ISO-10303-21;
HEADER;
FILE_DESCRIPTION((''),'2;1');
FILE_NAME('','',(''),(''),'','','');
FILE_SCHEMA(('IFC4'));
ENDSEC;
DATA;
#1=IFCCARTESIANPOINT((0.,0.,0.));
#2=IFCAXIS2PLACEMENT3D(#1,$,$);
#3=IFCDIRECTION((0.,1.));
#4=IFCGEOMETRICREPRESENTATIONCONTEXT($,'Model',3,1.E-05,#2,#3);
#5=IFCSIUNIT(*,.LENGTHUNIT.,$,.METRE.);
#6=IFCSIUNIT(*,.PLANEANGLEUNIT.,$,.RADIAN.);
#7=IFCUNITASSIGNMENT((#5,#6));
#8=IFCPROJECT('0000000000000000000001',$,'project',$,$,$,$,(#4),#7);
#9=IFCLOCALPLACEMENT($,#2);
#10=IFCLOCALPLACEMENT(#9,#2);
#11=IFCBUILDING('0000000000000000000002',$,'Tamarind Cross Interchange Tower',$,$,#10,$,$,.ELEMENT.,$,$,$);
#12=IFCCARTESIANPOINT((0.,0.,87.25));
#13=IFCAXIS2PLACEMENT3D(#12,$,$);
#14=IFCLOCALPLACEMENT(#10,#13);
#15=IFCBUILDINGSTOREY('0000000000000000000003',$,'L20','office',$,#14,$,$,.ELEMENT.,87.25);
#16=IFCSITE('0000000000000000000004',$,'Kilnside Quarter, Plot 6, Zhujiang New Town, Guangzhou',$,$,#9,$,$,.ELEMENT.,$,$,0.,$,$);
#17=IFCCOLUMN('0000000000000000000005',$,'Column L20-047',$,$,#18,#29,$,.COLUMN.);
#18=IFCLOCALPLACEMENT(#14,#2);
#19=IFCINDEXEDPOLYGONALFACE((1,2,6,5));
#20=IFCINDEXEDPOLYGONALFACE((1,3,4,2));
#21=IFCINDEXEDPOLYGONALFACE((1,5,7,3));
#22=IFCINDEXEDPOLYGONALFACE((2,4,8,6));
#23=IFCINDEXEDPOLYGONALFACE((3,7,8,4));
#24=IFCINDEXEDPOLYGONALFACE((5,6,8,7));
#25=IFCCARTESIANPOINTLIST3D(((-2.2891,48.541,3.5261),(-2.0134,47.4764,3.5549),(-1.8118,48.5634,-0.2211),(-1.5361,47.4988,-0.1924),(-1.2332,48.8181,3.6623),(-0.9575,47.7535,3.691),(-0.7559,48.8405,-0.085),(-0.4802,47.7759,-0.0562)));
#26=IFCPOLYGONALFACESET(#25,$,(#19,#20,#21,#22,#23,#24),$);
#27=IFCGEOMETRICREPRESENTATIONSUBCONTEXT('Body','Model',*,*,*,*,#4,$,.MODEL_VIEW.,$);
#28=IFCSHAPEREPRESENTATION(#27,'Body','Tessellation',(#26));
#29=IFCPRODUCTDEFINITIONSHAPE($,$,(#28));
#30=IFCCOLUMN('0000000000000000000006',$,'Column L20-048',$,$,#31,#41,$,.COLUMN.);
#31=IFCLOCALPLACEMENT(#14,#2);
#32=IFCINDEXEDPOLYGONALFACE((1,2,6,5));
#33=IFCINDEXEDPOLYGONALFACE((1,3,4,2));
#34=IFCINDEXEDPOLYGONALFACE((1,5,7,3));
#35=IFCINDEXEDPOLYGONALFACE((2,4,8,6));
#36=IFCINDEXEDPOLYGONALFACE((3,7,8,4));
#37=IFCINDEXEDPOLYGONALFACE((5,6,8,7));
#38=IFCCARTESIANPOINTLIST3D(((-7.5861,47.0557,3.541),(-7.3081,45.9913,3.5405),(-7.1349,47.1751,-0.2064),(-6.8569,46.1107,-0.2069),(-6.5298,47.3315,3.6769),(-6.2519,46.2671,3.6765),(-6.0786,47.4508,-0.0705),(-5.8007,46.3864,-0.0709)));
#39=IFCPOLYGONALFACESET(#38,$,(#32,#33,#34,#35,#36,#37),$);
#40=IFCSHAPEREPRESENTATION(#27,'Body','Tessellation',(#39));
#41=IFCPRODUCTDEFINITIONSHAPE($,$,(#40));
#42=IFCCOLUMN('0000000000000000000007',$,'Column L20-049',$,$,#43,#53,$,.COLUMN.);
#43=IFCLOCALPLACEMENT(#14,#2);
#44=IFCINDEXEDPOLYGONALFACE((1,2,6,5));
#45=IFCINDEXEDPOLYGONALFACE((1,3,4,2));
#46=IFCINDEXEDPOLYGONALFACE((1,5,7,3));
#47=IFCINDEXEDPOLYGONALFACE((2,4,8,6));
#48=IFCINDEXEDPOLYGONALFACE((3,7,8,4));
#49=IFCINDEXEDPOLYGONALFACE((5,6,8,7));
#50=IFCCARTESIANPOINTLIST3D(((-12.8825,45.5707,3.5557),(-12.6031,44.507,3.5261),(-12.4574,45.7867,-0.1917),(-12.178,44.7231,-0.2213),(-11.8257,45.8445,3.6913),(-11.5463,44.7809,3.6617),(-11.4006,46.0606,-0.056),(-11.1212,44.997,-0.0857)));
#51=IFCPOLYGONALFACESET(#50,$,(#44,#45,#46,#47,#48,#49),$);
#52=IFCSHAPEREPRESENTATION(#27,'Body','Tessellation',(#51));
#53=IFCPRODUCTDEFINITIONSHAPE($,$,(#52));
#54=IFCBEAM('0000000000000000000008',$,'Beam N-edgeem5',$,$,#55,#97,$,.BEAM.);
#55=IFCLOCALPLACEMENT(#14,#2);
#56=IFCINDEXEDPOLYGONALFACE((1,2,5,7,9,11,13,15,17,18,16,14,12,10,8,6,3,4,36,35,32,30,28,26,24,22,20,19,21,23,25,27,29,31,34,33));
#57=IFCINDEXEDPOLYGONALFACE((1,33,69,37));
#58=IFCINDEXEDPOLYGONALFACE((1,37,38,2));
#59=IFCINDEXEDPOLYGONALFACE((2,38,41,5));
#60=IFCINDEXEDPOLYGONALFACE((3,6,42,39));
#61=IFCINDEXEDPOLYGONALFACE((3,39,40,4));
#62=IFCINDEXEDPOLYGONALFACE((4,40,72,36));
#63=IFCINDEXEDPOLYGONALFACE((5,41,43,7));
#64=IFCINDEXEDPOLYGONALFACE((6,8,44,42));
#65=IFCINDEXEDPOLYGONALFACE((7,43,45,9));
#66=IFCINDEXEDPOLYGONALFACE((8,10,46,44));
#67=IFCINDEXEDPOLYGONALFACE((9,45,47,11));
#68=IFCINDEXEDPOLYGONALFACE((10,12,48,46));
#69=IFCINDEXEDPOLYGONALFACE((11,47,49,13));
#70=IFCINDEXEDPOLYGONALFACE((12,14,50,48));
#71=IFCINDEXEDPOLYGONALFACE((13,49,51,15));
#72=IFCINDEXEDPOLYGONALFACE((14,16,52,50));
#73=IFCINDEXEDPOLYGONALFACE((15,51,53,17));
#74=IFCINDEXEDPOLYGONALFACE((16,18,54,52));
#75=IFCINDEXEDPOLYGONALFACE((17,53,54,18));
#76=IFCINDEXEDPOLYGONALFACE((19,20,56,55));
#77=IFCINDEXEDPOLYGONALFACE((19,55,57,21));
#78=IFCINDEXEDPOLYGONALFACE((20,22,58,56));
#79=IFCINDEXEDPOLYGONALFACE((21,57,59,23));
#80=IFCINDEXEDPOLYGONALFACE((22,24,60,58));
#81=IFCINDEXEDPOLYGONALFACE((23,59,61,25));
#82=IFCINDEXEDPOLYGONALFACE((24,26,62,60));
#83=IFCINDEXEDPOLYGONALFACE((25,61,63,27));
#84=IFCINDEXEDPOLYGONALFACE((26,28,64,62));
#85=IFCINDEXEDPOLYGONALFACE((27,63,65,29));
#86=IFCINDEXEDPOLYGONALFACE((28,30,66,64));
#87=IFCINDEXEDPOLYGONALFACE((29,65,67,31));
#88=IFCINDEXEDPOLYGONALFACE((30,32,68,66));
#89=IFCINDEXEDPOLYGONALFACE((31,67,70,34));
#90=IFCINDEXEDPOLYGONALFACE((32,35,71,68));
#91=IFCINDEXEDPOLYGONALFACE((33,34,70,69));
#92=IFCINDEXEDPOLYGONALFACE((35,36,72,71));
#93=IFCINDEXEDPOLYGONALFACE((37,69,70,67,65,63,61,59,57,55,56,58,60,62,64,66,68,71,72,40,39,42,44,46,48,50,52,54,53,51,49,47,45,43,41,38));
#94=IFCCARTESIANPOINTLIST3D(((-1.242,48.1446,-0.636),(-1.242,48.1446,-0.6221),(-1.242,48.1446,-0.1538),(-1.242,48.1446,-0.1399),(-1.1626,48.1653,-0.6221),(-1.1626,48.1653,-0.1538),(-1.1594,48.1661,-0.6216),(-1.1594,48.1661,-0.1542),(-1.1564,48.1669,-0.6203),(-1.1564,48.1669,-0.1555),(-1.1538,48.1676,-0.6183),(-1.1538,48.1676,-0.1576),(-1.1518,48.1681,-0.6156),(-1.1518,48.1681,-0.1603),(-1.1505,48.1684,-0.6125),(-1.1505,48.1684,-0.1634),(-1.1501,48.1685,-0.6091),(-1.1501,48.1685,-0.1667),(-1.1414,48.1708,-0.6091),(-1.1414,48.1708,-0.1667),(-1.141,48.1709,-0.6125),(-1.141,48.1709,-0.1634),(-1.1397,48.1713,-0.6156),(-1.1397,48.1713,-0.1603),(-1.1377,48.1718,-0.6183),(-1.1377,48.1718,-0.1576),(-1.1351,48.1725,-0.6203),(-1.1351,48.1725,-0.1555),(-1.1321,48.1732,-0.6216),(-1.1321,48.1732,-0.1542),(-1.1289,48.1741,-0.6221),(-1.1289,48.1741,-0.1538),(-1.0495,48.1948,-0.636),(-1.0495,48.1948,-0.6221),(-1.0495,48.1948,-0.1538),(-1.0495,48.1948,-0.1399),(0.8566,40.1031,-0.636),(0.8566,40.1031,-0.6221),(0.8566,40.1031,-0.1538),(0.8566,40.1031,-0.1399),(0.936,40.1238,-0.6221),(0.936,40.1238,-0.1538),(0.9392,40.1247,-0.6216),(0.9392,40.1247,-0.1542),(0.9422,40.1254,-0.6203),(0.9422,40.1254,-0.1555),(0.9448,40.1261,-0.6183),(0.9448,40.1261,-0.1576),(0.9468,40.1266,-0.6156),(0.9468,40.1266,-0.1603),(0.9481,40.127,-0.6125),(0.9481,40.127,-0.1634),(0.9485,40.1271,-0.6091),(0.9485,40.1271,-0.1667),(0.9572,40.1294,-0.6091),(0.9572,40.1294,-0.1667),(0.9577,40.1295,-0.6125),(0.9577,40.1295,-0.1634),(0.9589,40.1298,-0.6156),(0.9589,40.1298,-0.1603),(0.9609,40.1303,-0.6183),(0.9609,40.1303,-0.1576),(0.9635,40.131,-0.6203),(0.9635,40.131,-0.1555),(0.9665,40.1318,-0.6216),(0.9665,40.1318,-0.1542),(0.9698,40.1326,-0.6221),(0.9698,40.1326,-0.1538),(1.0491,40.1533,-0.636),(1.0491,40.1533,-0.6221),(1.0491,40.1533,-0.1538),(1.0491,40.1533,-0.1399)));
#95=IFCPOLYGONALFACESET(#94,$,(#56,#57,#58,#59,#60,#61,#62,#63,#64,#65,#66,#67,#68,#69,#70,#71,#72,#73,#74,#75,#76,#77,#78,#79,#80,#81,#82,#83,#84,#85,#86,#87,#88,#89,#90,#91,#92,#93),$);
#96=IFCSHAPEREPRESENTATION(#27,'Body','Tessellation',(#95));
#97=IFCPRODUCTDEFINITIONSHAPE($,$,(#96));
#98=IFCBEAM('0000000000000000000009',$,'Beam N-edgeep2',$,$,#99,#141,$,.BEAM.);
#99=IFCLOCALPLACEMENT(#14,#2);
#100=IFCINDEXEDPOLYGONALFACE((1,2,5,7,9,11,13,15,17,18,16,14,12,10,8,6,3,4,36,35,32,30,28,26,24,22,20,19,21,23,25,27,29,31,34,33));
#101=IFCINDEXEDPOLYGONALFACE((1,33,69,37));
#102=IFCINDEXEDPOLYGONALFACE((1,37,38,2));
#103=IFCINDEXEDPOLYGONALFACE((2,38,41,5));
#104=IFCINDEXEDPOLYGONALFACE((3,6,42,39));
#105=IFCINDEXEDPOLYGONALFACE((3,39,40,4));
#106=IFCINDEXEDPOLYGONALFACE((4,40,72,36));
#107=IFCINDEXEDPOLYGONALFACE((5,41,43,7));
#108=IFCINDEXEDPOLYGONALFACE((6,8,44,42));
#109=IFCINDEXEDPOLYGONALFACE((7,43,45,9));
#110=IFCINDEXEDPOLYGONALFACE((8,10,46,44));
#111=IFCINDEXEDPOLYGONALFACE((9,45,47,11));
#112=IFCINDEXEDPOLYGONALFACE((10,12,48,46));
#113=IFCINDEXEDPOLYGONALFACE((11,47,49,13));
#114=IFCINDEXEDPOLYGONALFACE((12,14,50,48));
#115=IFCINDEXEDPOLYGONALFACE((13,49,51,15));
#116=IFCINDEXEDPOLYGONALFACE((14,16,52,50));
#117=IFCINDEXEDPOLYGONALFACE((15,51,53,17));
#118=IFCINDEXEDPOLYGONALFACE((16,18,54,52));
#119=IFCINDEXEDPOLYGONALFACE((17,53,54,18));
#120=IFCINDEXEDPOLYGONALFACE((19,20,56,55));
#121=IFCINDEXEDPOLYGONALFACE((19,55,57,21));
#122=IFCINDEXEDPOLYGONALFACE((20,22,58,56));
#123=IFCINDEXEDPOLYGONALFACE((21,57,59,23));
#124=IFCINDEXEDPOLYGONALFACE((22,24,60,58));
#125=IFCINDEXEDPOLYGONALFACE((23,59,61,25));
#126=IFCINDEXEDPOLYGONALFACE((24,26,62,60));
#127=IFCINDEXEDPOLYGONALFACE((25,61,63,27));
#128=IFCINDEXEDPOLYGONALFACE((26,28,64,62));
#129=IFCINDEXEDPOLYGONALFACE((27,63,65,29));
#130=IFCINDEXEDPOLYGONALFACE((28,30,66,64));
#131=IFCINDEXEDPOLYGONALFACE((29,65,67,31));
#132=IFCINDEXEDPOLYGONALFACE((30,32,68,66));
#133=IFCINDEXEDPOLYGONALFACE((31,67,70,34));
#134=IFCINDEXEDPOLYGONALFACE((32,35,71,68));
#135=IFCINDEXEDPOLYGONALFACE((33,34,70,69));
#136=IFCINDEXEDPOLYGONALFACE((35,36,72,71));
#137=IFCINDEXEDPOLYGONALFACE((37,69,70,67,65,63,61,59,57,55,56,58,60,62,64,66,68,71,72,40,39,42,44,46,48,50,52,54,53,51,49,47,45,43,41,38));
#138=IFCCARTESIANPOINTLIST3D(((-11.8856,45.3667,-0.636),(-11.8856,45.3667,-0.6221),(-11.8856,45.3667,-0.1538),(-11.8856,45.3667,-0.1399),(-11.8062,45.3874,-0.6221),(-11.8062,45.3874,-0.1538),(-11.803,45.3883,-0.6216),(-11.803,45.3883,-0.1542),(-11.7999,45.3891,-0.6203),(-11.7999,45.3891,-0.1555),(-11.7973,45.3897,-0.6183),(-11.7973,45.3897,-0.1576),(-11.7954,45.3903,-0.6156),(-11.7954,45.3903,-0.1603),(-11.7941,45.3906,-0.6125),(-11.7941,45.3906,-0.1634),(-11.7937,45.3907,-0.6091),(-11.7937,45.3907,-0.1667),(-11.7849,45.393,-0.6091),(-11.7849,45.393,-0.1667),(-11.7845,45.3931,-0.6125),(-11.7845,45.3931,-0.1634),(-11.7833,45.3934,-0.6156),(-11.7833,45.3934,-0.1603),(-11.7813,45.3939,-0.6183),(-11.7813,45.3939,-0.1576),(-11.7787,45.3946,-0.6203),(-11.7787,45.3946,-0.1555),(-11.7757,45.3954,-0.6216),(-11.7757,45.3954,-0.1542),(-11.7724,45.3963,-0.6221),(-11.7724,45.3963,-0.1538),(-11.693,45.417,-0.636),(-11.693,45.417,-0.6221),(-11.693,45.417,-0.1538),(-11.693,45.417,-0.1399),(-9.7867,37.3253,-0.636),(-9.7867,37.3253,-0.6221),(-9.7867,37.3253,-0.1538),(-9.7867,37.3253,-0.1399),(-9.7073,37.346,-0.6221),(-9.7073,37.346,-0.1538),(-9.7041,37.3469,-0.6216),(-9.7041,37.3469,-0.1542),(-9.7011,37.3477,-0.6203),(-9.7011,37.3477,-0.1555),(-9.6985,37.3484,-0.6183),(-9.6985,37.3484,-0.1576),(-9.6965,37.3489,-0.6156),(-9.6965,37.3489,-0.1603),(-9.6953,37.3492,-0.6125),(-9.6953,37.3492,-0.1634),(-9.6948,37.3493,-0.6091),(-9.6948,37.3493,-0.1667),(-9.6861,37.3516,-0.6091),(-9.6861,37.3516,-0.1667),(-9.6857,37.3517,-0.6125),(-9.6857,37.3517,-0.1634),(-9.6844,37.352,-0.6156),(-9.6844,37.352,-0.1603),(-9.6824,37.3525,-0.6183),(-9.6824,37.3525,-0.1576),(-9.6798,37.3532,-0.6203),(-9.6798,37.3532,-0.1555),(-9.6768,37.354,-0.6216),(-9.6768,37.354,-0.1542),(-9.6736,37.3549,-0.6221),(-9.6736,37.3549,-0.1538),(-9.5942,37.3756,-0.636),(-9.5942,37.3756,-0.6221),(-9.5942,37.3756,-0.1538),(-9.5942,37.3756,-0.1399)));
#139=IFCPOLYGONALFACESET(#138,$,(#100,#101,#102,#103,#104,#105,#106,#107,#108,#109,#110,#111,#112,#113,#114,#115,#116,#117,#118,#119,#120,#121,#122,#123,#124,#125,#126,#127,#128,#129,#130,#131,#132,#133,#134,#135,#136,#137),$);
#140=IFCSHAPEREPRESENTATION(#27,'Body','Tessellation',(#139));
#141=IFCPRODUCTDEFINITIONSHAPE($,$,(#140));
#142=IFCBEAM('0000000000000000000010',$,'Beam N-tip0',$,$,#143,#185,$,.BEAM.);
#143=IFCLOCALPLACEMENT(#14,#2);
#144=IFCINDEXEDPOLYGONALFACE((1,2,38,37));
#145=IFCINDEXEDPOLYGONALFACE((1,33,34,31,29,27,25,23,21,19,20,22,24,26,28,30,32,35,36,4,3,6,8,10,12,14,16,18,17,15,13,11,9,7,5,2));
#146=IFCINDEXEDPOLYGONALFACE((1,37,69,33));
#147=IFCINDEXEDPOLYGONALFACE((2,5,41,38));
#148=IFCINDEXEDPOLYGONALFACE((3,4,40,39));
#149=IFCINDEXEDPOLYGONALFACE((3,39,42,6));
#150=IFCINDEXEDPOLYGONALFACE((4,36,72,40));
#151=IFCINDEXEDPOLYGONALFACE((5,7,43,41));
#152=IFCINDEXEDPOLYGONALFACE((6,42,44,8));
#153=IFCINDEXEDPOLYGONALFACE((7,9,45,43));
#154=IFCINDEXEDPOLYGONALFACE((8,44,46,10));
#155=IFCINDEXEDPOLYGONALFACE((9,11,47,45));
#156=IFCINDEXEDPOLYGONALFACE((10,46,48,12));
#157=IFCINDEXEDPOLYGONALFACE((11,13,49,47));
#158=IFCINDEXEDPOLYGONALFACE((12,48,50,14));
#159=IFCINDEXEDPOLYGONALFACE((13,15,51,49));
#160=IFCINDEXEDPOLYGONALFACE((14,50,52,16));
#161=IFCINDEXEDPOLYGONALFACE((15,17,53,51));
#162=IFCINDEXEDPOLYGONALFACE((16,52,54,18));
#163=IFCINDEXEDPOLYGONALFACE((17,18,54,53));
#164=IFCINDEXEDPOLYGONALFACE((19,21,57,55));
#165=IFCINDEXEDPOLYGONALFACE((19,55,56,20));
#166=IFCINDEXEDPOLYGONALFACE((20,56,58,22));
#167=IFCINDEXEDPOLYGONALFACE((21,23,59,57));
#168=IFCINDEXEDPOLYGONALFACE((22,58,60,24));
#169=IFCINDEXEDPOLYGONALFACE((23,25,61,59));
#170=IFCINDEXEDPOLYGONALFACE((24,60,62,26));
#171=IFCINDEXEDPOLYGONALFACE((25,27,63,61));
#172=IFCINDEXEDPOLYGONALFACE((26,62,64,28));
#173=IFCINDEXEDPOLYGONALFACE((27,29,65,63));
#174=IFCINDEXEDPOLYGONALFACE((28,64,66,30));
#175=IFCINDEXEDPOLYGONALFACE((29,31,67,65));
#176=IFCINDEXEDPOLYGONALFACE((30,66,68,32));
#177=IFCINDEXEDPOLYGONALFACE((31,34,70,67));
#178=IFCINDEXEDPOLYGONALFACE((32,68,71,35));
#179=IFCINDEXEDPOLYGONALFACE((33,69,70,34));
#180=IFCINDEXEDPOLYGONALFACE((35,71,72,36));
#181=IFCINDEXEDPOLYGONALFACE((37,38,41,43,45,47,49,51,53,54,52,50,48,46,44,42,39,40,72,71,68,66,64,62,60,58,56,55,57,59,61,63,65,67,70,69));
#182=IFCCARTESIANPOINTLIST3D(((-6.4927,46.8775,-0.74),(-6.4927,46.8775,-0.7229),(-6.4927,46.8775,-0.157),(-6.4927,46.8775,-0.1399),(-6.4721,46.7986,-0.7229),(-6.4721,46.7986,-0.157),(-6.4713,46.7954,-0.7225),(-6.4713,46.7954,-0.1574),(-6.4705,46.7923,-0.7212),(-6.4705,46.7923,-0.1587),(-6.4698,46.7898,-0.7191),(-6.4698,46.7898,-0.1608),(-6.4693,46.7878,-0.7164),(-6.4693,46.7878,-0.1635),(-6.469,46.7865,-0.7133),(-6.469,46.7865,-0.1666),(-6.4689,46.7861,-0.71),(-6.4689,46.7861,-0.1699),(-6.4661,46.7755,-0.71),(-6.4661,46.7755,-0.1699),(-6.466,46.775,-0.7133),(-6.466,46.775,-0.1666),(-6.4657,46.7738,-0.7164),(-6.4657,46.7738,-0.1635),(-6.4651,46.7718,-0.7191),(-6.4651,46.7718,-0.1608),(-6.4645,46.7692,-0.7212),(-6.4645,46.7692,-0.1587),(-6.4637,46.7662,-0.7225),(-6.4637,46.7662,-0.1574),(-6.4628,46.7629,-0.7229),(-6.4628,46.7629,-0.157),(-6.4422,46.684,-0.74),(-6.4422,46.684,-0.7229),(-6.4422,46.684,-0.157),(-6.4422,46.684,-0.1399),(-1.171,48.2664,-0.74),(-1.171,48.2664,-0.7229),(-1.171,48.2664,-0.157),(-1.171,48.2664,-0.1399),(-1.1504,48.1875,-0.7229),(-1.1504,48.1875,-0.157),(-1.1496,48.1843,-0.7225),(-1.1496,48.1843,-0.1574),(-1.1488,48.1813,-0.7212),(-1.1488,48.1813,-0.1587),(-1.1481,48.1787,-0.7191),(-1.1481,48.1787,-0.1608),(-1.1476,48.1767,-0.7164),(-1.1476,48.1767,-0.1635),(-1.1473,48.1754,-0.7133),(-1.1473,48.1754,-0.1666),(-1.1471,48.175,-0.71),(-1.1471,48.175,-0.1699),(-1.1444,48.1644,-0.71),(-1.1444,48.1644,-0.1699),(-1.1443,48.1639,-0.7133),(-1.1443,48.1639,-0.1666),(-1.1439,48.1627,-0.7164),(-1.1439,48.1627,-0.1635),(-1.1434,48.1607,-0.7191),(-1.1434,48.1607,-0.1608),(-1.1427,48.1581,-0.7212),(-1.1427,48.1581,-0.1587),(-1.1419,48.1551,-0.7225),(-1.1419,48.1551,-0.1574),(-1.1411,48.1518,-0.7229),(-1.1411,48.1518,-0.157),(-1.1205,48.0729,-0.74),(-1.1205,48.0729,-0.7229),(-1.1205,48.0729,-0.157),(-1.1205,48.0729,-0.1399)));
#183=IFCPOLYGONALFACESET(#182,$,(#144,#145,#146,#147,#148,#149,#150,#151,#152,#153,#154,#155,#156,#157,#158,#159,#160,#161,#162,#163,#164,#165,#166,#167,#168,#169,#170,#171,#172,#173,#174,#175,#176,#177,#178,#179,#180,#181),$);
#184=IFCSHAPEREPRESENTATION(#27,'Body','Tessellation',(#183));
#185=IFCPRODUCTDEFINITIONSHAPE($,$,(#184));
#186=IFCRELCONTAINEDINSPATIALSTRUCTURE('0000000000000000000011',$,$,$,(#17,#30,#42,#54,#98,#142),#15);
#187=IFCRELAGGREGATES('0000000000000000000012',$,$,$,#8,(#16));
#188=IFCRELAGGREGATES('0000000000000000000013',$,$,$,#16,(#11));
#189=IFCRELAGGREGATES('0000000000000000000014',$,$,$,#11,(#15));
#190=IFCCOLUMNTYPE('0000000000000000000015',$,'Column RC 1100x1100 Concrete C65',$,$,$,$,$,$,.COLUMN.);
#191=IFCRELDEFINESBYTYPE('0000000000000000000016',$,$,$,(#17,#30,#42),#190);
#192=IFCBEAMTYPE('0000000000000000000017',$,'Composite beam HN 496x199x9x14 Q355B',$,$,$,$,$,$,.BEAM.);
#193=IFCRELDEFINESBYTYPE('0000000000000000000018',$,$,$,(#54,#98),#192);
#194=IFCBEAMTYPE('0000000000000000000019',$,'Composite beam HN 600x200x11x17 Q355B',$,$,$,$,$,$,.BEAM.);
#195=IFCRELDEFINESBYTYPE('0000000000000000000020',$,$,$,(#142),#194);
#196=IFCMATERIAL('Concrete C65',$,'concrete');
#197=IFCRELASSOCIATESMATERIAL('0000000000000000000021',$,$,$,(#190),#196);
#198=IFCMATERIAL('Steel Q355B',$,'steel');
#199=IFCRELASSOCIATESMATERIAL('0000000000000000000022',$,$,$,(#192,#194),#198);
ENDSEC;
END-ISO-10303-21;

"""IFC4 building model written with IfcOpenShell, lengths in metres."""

from ifc_helpers import new_model, si_unit, direction, frame, origin, origin_2d, place, context, subcontext, project, spatial, rectangle, i_section, extrude, material, material_profile, profile_set, type_object, element, save


model = new_model("IFC4")

# Units and contexts
model_context = context("Model", 3, precision=1e-05, world=origin(), true_north=direction((0.0, 1.0)))
body_context = subcontext(model_context, "Body", "Model", "MODEL_VIEW")
ifc_project = project(units=[si_unit("LENGTHUNIT", "METRE"), si_unit("PLANEANGLEUNIT", "RADIAN")], contexts=[model_context])

# Site, building, storey
site_placement = place(None, origin())
site = spatial("IfcSite", under=ifc_project, at=site_placement, Name="Kilnside Quarter, Plot 6, Zhujiang New Town, Guangzhou", CompositionType="ELEMENT", RefElevation=0.0)
building_placement = place(site_placement, origin())
building = spatial("IfcBuilding", under=site, at=building_placement, Name="Tamarind Cross Interchange Tower", CompositionType="ELEMENT")
storey_placement = place(building_placement, frame((0.0, 0.0, 87.25)))
storey = spatial("IfcBuildingStorey", under=building, at=storey_placement, Name="L20", Description="office", CompositionType="ELEMENT", Elevation=87.25)

# Columns
ifc_material_1 = material(Name="Concrete C65", Category="concrete")
ifc_material_profile_1 = material_profile(ifc_material_1, rectangle(XDim=1.1001, YDim=1.1001, at=origin_2d()), Name="RC 1100x1100")
ifc_profile_set_1 = profile_set([ifc_material_profile_1], Name="Concrete C65")
column_type = type_object("IfcColumnType", Name="Column RC 1100x1100 Concrete C65", PredefinedType="COLUMN", material=ifc_profile_set_1)
column_1_placement = place(storey_placement, frame((-1.146, 48.1697, -0.1387), z_axis=(-0.126347, -0.005946, 0.991968), x_axis=(0.2506, -0.967738, 0.026118)))
element("IfcColumn", 1, at=column_1_placement, inside=storey, type_object=column_type, Name="Column L20-047", PredefinedType="COLUMN", context=body_context, shape_type="SweptSolid", body=[
    extrude(rectangle(XDim=1.1001, YDim=1.1001, at=origin_2d()), origin(), (0.0, 0.0, 1.0), 3.7776),
])
column_2_placement = place(storey_placement, frame((-6.4678, 46.7808, -0.1387), z_axis=(-0.119476, -0.031615, 0.992334), x_axis=(0.96015, 0.250677, 0.123587)))
element("IfcColumn", 2, at=column_2_placement, inside=storey, type_object=column_type, Name="Column L20-048", PredefinedType="COLUMN", context=body_context, shape_type="SweptSolid", body=[
    extrude(rectangle(XDim=1.1001, YDim=1.1001, at=origin_2d()), origin(), (0.0, 0.0, 1.0), 3.7764),
])
column_3_placement = place(storey_placement, frame((-11.7893, 45.3918, -0.1387), z_axis=(-0.11252, -0.057197, 0.992002), x_axis=(0.960639, 0.24893, 0.123316)))
element("IfcColumn", 3, at=column_3_placement, inside=storey, type_object=column_type, Name="Column L20-049", PredefinedType="COLUMN", context=body_context, shape_type="SweptSolid", body=[
    extrude(rectangle(XDim=1.1001, YDim=1.1001, at=origin_2d()), origin(), (0.0, 0.0, 1.0), 3.7776),
])

# Beams
ifc_material_2 = material(Name="Steel Q355B", Category="steel")
ifc_material_profile_2 = material_profile(ifc_material_2, i_section(OverallWidth=0.199, OverallDepth=0.4961, WebThickness=0.009, FlangeThickness=0.0139, FilletRadius=0.0129, at=origin_2d()), Name="HN 496x199x9x14")
ifc_profile_set_2 = profile_set([ifc_material_profile_2], Name="Steel Q355B")
beam_type_1 = type_object("IfcBeamType", Name="Composite beam HN 496x199x9x14 Q355B", PredefinedType="BEAM", material=ifc_profile_set_2)
for number, where, z_axis, x_axis, name in (
    (4, (-1.1458, 48.1697, -0.3879), (0.252518, -0.967592, 0.0), (0.967592, 0.252518, 0.0), "Beam N-edgeem5"),
    (5, (-11.7893, 45.3918, -0.3879), (0.252545, -0.967585, 0.0), (0.967585, 0.252545, 0.0), "Beam N-edgeep2"),
):
    element("IfcBeam", number, at=place(storey_placement, frame(where, z_axis=z_axis, x_axis=x_axis)), inside=storey, type_object=beam_type_1, Name=name, PredefinedType="BEAM", context=body_context, shape_type="SweptSolid", body=[
        extrude(i_section(OverallWidth=0.199, OverallDepth=0.4961, WebThickness=0.009, FlangeThickness=0.0139, FilletRadius=0.0129, at=origin_2d()), origin(), (0.0, 0.0, 1.0), 8.3108),
    ])
ifc_material_profile_3 = material_profile(ifc_material_2, i_section(OverallWidth=0.2, OverallDepth=0.6001, WebThickness=0.011, FlangeThickness=0.0171, FilletRadius=0.0129, at=origin_2d()), Name="HN 600x200x11x17")
ifc_profile_set_3 = profile_set([ifc_material_profile_3], Name="Steel Q355B")
beam_type_2 = type_object("IfcBeamType", Name="Composite beam HN 600x200x11x17 Q355B", PredefinedType="BEAM", material=ifc_profile_set_3)
for number, where, z_axis, x_axis, name in (
    (6, (-1.1458, 48.1697, -0.4399), (-0.967589, -0.252529, 0.0), (0.252529, -0.967589, 0.0), "Beam N-tip0"),
):
    element("IfcBeam", number, at=place(storey_placement, frame(where, z_axis=z_axis, x_axis=x_axis)), inside=storey, type_object=beam_type_2, Name=name, PredefinedType="BEAM", context=body_context, shape_type="SweptSolid", body=[
        extrude(i_section(OverallWidth=0.2, OverallDepth=0.6001, WebThickness=0.011, FlangeThickness=0.0171, FilletRadius=0.0129, at=origin_2d()), origin(), (0.0, 0.0, 1.0), 5.5),
    ])

save(model, "model.ifc")
